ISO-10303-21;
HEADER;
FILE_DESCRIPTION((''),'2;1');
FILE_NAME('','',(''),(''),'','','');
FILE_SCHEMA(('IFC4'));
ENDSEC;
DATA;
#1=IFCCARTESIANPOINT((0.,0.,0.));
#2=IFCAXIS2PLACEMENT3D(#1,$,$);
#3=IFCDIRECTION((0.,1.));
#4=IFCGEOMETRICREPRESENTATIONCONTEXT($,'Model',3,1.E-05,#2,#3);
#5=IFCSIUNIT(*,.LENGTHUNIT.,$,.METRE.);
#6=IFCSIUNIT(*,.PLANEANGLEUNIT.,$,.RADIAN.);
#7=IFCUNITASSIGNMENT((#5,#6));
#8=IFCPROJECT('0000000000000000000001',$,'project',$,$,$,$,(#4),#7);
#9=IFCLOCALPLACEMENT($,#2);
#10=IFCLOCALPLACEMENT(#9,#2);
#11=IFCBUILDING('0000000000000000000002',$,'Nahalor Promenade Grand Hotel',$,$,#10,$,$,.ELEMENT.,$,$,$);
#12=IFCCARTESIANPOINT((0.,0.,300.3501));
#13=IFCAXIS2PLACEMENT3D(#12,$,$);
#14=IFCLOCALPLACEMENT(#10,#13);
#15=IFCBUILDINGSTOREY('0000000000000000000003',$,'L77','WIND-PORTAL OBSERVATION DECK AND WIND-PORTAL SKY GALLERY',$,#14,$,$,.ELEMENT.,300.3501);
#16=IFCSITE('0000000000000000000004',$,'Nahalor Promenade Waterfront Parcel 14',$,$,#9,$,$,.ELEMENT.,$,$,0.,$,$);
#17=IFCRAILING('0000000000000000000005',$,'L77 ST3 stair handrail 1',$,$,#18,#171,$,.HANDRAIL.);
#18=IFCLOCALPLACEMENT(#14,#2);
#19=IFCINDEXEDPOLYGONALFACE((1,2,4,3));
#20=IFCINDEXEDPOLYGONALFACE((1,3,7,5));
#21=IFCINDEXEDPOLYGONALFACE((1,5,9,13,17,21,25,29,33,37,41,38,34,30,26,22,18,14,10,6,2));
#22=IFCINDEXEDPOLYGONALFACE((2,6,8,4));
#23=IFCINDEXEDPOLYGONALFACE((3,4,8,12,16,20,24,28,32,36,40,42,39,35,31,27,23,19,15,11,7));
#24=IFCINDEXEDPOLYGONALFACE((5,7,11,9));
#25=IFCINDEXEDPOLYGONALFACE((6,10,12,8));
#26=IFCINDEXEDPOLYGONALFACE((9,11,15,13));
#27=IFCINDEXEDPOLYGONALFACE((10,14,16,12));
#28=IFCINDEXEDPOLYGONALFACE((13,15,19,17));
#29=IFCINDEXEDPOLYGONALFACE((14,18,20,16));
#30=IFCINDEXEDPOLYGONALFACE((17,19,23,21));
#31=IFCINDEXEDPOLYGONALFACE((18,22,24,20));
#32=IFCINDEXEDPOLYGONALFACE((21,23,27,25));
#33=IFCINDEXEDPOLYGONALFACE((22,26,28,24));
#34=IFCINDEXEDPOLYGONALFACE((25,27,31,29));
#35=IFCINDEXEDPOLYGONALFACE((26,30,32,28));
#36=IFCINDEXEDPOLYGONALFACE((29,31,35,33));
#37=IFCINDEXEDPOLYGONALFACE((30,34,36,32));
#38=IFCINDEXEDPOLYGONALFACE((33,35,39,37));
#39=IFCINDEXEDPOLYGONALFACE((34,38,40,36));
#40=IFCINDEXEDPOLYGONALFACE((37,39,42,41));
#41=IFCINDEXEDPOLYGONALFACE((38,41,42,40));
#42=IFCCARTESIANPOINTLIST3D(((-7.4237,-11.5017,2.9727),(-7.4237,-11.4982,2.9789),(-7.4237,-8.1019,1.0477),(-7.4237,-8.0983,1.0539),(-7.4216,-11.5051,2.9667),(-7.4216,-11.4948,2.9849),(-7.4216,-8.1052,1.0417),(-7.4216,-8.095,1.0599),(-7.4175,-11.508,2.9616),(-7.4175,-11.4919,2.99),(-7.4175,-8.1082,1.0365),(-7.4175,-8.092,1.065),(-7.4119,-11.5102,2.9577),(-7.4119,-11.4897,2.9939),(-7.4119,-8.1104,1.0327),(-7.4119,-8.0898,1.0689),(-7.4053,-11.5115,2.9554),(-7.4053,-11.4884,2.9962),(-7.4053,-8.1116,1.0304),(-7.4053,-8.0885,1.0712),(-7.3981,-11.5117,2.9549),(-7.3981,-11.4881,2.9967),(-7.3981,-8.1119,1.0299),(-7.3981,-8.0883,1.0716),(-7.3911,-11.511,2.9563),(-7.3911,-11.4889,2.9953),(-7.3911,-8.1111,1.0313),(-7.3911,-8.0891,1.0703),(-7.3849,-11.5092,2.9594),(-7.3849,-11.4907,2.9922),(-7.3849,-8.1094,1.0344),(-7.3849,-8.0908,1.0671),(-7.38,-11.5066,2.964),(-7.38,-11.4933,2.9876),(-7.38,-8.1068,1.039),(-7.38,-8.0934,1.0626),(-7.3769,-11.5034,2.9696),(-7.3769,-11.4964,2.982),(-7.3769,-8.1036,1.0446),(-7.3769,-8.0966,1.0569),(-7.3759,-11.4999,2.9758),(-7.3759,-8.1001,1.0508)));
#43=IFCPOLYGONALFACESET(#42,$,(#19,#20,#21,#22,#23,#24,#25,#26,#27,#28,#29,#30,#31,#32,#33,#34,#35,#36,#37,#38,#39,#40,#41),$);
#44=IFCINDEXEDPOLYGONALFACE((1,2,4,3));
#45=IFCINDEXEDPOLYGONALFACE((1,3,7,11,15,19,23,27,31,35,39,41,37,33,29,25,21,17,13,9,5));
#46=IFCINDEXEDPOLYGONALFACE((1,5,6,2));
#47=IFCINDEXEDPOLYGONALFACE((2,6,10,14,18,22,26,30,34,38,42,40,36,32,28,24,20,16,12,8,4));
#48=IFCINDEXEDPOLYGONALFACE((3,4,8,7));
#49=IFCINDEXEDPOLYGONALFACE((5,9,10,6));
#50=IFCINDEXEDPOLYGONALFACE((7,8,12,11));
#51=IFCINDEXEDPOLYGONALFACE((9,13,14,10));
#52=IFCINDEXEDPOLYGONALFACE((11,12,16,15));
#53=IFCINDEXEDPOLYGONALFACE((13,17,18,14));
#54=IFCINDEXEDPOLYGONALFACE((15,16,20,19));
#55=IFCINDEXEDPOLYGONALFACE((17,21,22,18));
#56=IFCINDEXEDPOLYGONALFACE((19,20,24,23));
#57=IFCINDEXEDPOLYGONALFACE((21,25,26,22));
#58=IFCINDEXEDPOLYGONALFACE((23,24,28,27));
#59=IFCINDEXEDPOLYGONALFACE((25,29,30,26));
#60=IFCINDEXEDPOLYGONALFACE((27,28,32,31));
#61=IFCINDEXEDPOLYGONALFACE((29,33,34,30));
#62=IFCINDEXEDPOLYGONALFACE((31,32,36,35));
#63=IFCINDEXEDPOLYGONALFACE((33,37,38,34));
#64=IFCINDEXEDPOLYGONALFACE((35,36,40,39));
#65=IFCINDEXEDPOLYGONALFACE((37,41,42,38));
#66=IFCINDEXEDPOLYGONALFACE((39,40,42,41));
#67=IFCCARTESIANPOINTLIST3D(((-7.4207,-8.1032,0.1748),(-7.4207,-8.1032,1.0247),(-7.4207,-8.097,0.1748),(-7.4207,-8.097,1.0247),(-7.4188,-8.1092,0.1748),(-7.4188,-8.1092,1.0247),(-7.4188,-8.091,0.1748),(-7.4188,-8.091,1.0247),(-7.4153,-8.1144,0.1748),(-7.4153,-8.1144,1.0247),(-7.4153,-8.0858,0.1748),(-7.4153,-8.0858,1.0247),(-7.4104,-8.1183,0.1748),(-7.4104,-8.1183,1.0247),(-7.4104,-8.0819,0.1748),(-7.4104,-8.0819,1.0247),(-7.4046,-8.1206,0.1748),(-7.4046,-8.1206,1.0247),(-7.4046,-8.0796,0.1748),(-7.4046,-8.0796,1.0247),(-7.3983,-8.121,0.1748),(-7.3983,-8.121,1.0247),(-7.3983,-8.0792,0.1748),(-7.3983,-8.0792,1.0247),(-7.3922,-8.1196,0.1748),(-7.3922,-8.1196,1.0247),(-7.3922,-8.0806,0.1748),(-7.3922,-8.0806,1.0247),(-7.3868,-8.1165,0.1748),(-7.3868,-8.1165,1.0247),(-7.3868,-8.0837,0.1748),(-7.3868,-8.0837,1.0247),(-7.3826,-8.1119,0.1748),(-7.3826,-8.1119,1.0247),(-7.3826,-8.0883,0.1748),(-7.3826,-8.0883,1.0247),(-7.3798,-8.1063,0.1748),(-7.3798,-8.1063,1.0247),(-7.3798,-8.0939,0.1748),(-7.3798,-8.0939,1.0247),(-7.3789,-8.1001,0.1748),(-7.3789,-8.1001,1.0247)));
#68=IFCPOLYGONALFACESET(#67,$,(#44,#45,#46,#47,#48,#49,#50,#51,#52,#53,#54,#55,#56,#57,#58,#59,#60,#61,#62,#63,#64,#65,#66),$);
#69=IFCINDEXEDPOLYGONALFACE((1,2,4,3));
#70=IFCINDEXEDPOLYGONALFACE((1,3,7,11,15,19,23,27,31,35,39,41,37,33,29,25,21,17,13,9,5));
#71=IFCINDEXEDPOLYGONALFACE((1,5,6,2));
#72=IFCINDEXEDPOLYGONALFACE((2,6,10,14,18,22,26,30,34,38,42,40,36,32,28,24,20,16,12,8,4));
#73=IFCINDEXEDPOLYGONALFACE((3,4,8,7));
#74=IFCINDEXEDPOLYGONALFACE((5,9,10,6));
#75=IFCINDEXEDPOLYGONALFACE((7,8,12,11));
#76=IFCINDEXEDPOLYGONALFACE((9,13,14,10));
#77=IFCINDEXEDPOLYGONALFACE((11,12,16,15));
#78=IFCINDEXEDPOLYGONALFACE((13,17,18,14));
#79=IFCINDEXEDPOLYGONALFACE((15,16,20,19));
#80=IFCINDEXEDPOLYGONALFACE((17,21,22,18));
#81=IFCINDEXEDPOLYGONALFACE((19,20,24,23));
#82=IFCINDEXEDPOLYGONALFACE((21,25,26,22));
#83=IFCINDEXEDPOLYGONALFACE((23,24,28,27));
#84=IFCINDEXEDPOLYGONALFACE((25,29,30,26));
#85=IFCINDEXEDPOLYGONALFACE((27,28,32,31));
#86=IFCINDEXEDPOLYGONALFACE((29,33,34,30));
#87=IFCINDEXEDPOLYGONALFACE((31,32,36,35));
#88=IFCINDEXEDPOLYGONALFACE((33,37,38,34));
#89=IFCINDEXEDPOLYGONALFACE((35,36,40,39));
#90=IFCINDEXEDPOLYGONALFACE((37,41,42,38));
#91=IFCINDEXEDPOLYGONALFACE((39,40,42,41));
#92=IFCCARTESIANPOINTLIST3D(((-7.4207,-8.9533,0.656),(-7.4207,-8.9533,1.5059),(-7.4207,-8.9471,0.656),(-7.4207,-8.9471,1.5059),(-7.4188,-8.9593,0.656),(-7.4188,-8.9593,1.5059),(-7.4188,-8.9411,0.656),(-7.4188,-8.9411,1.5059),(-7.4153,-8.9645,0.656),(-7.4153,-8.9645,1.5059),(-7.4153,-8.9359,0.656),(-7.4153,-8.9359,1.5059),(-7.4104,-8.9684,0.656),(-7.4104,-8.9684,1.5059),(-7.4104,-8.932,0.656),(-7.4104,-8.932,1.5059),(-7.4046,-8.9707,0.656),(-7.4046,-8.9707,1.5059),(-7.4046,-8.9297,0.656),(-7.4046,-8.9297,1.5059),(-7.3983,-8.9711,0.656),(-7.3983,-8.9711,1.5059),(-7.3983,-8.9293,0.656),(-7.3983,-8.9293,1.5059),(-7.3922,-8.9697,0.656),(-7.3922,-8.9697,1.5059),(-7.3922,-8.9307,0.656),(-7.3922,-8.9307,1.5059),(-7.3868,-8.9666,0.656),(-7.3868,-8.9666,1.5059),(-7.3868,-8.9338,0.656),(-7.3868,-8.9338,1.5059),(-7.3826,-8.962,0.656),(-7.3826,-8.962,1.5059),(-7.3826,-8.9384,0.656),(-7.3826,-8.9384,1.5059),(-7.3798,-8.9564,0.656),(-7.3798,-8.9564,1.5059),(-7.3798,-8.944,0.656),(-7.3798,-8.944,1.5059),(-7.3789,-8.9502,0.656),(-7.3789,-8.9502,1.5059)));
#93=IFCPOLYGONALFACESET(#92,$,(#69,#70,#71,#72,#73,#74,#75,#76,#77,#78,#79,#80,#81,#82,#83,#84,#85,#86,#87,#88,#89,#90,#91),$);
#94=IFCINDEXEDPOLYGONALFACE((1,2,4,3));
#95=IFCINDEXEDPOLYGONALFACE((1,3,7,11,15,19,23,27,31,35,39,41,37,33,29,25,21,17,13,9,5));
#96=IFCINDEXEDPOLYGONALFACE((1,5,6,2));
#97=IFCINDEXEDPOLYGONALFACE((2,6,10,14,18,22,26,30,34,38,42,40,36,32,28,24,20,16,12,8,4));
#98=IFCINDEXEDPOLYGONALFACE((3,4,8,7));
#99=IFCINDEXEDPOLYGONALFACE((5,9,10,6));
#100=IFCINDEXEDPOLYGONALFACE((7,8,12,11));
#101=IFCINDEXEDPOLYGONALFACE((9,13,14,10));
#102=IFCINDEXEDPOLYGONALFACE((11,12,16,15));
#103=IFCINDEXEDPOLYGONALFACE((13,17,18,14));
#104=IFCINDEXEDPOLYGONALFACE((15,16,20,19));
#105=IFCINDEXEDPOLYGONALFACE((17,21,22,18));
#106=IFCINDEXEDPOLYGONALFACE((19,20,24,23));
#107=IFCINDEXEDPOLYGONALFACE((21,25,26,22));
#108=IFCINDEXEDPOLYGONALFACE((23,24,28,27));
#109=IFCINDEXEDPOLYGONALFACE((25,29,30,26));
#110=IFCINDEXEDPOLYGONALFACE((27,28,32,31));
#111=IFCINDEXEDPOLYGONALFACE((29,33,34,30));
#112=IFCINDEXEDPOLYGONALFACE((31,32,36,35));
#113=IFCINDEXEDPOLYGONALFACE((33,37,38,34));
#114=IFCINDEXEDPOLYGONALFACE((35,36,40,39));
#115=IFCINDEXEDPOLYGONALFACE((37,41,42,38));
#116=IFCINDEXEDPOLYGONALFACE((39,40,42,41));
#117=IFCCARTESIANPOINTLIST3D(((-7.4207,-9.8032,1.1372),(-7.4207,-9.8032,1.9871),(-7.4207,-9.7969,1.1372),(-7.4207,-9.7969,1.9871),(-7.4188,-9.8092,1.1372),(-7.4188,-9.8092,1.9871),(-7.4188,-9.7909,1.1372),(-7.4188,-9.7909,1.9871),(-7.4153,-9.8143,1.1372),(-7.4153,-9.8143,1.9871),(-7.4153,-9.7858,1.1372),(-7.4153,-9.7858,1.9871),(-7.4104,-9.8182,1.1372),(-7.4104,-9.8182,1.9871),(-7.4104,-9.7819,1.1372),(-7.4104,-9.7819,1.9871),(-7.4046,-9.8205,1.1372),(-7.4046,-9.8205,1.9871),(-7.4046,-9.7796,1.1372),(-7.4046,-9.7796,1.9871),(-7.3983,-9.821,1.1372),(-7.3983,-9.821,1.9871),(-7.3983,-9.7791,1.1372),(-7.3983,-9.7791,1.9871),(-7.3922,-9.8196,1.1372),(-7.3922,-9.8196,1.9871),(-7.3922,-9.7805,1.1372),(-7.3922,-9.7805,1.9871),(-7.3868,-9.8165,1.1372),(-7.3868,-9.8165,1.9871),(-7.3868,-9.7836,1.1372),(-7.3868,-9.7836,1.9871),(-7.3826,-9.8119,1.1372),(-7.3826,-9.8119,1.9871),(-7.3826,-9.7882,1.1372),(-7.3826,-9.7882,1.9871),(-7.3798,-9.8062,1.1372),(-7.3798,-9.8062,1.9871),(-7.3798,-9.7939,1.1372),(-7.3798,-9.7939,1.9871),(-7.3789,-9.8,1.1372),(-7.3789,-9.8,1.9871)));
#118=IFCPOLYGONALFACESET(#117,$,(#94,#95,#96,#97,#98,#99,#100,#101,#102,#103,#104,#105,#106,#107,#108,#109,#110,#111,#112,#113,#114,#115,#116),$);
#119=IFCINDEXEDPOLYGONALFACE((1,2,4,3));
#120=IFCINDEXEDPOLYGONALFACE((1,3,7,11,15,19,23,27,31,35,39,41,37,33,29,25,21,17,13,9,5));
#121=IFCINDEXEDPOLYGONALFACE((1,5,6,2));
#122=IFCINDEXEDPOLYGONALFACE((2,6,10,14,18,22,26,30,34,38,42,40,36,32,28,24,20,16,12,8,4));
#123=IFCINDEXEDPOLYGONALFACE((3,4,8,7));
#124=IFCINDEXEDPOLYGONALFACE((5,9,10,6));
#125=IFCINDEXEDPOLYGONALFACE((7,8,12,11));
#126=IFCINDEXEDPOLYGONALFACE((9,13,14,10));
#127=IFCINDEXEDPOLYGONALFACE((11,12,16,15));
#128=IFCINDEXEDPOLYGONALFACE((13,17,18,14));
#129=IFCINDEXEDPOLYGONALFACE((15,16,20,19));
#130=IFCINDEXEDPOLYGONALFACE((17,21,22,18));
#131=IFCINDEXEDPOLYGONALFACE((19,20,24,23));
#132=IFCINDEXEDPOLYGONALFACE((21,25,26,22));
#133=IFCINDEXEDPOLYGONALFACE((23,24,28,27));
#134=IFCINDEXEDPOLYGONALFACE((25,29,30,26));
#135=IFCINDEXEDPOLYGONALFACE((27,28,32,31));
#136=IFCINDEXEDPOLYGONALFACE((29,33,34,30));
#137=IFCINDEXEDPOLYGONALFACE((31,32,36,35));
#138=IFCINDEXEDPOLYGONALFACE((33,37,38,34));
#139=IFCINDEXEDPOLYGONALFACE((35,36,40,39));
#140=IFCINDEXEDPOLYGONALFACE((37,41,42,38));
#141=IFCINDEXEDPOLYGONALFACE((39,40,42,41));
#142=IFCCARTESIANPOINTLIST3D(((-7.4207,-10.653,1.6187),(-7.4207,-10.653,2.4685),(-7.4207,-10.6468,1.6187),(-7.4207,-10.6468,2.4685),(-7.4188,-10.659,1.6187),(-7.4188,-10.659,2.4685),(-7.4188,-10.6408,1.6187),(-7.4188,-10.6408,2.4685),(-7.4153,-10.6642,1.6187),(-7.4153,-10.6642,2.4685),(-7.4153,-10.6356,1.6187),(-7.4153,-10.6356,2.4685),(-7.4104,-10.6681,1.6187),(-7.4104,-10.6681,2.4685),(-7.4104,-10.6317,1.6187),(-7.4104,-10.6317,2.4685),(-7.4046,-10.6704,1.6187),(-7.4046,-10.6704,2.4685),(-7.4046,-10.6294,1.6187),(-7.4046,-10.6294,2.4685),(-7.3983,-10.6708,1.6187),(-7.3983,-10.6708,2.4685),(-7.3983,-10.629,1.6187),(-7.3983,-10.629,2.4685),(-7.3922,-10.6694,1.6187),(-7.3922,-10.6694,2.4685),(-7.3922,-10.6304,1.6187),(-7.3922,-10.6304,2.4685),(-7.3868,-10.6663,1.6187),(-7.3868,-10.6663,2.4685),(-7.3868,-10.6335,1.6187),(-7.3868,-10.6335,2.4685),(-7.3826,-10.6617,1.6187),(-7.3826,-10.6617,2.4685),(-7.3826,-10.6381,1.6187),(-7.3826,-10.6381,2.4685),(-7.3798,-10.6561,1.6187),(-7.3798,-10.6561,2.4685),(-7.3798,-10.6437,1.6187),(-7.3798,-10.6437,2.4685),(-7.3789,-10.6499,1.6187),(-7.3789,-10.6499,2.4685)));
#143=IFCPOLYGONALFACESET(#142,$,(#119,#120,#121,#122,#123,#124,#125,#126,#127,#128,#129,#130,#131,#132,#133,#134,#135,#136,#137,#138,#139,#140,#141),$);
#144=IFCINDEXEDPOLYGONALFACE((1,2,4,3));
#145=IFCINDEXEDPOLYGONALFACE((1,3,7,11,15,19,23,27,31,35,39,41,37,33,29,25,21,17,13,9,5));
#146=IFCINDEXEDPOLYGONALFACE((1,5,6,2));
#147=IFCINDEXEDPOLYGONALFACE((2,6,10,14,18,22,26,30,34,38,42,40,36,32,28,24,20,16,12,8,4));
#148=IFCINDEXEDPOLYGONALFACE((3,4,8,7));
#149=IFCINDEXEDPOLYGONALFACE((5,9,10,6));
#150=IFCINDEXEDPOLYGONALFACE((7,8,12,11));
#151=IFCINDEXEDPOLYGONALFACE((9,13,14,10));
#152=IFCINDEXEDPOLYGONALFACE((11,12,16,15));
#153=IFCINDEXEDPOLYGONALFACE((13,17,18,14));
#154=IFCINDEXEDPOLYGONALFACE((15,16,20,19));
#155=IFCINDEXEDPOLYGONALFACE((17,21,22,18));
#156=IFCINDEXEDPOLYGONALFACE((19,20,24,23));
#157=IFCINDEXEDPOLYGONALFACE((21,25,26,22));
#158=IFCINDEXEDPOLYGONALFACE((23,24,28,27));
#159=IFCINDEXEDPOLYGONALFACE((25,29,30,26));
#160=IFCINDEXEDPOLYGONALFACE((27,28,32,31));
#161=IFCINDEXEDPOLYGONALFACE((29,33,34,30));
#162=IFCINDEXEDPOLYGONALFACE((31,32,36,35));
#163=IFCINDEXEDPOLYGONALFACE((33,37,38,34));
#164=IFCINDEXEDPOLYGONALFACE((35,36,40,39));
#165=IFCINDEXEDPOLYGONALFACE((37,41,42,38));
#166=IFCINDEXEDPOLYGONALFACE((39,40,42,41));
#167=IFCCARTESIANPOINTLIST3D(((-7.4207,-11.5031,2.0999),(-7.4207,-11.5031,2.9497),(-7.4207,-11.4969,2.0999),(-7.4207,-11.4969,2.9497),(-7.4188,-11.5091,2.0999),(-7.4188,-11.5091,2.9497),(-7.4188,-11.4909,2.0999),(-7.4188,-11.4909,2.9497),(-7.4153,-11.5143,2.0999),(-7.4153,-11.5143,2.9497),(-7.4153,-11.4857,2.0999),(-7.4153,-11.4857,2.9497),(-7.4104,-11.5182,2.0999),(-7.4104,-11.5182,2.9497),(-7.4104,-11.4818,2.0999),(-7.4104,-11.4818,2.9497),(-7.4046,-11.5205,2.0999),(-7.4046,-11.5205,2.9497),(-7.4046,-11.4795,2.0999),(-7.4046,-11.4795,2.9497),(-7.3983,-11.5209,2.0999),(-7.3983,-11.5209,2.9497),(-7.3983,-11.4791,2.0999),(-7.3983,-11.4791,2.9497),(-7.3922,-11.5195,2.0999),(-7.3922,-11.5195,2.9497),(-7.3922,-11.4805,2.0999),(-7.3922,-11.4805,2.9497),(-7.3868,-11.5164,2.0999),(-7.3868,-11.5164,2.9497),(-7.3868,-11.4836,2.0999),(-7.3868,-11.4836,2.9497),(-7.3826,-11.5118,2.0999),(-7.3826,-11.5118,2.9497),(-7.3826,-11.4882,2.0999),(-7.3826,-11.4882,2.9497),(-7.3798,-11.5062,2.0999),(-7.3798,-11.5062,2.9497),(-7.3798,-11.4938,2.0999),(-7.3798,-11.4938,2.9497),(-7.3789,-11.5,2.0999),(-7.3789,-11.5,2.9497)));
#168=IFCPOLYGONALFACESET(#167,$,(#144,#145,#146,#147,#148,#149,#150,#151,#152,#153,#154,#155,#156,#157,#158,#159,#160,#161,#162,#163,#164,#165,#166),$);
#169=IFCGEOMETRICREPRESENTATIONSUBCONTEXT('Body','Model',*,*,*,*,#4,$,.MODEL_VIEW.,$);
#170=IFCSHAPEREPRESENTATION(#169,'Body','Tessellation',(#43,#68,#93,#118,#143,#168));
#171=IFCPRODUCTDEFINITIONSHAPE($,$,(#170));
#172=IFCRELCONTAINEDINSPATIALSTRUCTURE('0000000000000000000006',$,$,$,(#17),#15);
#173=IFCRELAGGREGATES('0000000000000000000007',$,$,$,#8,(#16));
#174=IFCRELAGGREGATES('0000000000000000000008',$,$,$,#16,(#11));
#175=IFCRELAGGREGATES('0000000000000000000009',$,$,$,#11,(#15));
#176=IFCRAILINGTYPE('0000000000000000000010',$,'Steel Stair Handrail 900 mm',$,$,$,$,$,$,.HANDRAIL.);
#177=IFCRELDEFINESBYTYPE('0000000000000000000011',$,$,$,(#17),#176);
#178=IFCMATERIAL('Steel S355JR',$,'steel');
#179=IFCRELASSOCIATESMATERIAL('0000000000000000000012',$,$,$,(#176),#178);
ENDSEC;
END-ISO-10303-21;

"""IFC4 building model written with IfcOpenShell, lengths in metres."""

from ifc_helpers import new_model, si_unit, direction, frame, origin, origin_2d, place, context, subcontext, project, spatial, circle, extrude, material, type_object, element, save


model = new_model("IFC4")

# Units and contexts
model_context = context("Model", 3, precision=1e-05, world=origin(), true_north=direction((0.0, 1.0)))
body_context = subcontext(model_context, "Body", "Model", "MODEL_VIEW")
ifc_project = project(units=[si_unit("LENGTHUNIT", "METRE"), si_unit("PLANEANGLEUNIT", "RADIAN")], contexts=[model_context])

# Site, building, storey
site_placement = place(None, origin())
site = spatial("IfcSite", under=ifc_project, at=site_placement, Name="Nahalor Promenade Waterfront Parcel 14", CompositionType="ELEMENT", RefElevation=0.0)
building_placement = place(site_placement, origin())
building = spatial("IfcBuilding", under=site, at=building_placement, Name="Nahalor Promenade Grand Hotel", CompositionType="ELEMENT")
storey_placement = place(building_placement, frame((0.0, 0.0, 300.3501)))
storey = spatial("IfcBuildingStorey", under=building, at=storey_placement, Name="L77", Description="WIND-PORTAL OBSERVATION DECK AND WIND-PORTAL SKY GALLERY", CompositionType="ELEMENT", Elevation=300.3501)

# Shared definitions
ifc_material_1 = material(Name="Steel S355JR", Category="steel")

# Railing
railing_type_1 = type_object("IfcRailingType", Name="Steel Stair Handrail 900 mm", PredefinedType="HANDRAIL", material=ifc_material_1)
for number, where, name in (
    (1, (-7.3999, -8.1001, 0.1748), "L77 ST3 stair handrail 1"),
):
    element("IfcRailing", number, at=place(storey_placement, frame(where)), inside=storey, type_object=railing_type_1, Name=name, PredefinedType="HANDRAIL", context=body_context, shape_type="SweptSolid", body=[
        extrude(circle(Radius=0.024, at=origin_2d()), frame((0.0, 0.0, 0.876), z_axis=(0.0, -0.870194, 0.49271), x_axis=(1.0, 0.0, 0.0)), (0.0, 0.0, 1.0), 3.907),
        extrude(circle(Radius=0.021, at=origin_2d()), origin(), (0.0, 0.0, 1.0), 0.8499),
        extrude(circle(Radius=0.021, at=origin_2d()), frame((0.0, -0.8501, 0.4812)), (0.0, 0.0, 1.0), 0.8499),
        extrude(circle(Radius=0.021, at=origin_2d()), frame((0.0, -1.7, 0.9624)), (0.0, 0.0, 1.0), 0.8499),
        extrude(circle(Radius=0.021, at=origin_2d()), frame((0.0, -2.5498, 1.4438)), (0.0, 0.0, 1.0), 0.8499),
        extrude(circle(Radius=0.021, at=origin_2d()), frame((0.0, -3.3999, 1.925)), (0.0, 0.0, 1.0), 0.8499),
    ])

save(model, "model.ifc")
